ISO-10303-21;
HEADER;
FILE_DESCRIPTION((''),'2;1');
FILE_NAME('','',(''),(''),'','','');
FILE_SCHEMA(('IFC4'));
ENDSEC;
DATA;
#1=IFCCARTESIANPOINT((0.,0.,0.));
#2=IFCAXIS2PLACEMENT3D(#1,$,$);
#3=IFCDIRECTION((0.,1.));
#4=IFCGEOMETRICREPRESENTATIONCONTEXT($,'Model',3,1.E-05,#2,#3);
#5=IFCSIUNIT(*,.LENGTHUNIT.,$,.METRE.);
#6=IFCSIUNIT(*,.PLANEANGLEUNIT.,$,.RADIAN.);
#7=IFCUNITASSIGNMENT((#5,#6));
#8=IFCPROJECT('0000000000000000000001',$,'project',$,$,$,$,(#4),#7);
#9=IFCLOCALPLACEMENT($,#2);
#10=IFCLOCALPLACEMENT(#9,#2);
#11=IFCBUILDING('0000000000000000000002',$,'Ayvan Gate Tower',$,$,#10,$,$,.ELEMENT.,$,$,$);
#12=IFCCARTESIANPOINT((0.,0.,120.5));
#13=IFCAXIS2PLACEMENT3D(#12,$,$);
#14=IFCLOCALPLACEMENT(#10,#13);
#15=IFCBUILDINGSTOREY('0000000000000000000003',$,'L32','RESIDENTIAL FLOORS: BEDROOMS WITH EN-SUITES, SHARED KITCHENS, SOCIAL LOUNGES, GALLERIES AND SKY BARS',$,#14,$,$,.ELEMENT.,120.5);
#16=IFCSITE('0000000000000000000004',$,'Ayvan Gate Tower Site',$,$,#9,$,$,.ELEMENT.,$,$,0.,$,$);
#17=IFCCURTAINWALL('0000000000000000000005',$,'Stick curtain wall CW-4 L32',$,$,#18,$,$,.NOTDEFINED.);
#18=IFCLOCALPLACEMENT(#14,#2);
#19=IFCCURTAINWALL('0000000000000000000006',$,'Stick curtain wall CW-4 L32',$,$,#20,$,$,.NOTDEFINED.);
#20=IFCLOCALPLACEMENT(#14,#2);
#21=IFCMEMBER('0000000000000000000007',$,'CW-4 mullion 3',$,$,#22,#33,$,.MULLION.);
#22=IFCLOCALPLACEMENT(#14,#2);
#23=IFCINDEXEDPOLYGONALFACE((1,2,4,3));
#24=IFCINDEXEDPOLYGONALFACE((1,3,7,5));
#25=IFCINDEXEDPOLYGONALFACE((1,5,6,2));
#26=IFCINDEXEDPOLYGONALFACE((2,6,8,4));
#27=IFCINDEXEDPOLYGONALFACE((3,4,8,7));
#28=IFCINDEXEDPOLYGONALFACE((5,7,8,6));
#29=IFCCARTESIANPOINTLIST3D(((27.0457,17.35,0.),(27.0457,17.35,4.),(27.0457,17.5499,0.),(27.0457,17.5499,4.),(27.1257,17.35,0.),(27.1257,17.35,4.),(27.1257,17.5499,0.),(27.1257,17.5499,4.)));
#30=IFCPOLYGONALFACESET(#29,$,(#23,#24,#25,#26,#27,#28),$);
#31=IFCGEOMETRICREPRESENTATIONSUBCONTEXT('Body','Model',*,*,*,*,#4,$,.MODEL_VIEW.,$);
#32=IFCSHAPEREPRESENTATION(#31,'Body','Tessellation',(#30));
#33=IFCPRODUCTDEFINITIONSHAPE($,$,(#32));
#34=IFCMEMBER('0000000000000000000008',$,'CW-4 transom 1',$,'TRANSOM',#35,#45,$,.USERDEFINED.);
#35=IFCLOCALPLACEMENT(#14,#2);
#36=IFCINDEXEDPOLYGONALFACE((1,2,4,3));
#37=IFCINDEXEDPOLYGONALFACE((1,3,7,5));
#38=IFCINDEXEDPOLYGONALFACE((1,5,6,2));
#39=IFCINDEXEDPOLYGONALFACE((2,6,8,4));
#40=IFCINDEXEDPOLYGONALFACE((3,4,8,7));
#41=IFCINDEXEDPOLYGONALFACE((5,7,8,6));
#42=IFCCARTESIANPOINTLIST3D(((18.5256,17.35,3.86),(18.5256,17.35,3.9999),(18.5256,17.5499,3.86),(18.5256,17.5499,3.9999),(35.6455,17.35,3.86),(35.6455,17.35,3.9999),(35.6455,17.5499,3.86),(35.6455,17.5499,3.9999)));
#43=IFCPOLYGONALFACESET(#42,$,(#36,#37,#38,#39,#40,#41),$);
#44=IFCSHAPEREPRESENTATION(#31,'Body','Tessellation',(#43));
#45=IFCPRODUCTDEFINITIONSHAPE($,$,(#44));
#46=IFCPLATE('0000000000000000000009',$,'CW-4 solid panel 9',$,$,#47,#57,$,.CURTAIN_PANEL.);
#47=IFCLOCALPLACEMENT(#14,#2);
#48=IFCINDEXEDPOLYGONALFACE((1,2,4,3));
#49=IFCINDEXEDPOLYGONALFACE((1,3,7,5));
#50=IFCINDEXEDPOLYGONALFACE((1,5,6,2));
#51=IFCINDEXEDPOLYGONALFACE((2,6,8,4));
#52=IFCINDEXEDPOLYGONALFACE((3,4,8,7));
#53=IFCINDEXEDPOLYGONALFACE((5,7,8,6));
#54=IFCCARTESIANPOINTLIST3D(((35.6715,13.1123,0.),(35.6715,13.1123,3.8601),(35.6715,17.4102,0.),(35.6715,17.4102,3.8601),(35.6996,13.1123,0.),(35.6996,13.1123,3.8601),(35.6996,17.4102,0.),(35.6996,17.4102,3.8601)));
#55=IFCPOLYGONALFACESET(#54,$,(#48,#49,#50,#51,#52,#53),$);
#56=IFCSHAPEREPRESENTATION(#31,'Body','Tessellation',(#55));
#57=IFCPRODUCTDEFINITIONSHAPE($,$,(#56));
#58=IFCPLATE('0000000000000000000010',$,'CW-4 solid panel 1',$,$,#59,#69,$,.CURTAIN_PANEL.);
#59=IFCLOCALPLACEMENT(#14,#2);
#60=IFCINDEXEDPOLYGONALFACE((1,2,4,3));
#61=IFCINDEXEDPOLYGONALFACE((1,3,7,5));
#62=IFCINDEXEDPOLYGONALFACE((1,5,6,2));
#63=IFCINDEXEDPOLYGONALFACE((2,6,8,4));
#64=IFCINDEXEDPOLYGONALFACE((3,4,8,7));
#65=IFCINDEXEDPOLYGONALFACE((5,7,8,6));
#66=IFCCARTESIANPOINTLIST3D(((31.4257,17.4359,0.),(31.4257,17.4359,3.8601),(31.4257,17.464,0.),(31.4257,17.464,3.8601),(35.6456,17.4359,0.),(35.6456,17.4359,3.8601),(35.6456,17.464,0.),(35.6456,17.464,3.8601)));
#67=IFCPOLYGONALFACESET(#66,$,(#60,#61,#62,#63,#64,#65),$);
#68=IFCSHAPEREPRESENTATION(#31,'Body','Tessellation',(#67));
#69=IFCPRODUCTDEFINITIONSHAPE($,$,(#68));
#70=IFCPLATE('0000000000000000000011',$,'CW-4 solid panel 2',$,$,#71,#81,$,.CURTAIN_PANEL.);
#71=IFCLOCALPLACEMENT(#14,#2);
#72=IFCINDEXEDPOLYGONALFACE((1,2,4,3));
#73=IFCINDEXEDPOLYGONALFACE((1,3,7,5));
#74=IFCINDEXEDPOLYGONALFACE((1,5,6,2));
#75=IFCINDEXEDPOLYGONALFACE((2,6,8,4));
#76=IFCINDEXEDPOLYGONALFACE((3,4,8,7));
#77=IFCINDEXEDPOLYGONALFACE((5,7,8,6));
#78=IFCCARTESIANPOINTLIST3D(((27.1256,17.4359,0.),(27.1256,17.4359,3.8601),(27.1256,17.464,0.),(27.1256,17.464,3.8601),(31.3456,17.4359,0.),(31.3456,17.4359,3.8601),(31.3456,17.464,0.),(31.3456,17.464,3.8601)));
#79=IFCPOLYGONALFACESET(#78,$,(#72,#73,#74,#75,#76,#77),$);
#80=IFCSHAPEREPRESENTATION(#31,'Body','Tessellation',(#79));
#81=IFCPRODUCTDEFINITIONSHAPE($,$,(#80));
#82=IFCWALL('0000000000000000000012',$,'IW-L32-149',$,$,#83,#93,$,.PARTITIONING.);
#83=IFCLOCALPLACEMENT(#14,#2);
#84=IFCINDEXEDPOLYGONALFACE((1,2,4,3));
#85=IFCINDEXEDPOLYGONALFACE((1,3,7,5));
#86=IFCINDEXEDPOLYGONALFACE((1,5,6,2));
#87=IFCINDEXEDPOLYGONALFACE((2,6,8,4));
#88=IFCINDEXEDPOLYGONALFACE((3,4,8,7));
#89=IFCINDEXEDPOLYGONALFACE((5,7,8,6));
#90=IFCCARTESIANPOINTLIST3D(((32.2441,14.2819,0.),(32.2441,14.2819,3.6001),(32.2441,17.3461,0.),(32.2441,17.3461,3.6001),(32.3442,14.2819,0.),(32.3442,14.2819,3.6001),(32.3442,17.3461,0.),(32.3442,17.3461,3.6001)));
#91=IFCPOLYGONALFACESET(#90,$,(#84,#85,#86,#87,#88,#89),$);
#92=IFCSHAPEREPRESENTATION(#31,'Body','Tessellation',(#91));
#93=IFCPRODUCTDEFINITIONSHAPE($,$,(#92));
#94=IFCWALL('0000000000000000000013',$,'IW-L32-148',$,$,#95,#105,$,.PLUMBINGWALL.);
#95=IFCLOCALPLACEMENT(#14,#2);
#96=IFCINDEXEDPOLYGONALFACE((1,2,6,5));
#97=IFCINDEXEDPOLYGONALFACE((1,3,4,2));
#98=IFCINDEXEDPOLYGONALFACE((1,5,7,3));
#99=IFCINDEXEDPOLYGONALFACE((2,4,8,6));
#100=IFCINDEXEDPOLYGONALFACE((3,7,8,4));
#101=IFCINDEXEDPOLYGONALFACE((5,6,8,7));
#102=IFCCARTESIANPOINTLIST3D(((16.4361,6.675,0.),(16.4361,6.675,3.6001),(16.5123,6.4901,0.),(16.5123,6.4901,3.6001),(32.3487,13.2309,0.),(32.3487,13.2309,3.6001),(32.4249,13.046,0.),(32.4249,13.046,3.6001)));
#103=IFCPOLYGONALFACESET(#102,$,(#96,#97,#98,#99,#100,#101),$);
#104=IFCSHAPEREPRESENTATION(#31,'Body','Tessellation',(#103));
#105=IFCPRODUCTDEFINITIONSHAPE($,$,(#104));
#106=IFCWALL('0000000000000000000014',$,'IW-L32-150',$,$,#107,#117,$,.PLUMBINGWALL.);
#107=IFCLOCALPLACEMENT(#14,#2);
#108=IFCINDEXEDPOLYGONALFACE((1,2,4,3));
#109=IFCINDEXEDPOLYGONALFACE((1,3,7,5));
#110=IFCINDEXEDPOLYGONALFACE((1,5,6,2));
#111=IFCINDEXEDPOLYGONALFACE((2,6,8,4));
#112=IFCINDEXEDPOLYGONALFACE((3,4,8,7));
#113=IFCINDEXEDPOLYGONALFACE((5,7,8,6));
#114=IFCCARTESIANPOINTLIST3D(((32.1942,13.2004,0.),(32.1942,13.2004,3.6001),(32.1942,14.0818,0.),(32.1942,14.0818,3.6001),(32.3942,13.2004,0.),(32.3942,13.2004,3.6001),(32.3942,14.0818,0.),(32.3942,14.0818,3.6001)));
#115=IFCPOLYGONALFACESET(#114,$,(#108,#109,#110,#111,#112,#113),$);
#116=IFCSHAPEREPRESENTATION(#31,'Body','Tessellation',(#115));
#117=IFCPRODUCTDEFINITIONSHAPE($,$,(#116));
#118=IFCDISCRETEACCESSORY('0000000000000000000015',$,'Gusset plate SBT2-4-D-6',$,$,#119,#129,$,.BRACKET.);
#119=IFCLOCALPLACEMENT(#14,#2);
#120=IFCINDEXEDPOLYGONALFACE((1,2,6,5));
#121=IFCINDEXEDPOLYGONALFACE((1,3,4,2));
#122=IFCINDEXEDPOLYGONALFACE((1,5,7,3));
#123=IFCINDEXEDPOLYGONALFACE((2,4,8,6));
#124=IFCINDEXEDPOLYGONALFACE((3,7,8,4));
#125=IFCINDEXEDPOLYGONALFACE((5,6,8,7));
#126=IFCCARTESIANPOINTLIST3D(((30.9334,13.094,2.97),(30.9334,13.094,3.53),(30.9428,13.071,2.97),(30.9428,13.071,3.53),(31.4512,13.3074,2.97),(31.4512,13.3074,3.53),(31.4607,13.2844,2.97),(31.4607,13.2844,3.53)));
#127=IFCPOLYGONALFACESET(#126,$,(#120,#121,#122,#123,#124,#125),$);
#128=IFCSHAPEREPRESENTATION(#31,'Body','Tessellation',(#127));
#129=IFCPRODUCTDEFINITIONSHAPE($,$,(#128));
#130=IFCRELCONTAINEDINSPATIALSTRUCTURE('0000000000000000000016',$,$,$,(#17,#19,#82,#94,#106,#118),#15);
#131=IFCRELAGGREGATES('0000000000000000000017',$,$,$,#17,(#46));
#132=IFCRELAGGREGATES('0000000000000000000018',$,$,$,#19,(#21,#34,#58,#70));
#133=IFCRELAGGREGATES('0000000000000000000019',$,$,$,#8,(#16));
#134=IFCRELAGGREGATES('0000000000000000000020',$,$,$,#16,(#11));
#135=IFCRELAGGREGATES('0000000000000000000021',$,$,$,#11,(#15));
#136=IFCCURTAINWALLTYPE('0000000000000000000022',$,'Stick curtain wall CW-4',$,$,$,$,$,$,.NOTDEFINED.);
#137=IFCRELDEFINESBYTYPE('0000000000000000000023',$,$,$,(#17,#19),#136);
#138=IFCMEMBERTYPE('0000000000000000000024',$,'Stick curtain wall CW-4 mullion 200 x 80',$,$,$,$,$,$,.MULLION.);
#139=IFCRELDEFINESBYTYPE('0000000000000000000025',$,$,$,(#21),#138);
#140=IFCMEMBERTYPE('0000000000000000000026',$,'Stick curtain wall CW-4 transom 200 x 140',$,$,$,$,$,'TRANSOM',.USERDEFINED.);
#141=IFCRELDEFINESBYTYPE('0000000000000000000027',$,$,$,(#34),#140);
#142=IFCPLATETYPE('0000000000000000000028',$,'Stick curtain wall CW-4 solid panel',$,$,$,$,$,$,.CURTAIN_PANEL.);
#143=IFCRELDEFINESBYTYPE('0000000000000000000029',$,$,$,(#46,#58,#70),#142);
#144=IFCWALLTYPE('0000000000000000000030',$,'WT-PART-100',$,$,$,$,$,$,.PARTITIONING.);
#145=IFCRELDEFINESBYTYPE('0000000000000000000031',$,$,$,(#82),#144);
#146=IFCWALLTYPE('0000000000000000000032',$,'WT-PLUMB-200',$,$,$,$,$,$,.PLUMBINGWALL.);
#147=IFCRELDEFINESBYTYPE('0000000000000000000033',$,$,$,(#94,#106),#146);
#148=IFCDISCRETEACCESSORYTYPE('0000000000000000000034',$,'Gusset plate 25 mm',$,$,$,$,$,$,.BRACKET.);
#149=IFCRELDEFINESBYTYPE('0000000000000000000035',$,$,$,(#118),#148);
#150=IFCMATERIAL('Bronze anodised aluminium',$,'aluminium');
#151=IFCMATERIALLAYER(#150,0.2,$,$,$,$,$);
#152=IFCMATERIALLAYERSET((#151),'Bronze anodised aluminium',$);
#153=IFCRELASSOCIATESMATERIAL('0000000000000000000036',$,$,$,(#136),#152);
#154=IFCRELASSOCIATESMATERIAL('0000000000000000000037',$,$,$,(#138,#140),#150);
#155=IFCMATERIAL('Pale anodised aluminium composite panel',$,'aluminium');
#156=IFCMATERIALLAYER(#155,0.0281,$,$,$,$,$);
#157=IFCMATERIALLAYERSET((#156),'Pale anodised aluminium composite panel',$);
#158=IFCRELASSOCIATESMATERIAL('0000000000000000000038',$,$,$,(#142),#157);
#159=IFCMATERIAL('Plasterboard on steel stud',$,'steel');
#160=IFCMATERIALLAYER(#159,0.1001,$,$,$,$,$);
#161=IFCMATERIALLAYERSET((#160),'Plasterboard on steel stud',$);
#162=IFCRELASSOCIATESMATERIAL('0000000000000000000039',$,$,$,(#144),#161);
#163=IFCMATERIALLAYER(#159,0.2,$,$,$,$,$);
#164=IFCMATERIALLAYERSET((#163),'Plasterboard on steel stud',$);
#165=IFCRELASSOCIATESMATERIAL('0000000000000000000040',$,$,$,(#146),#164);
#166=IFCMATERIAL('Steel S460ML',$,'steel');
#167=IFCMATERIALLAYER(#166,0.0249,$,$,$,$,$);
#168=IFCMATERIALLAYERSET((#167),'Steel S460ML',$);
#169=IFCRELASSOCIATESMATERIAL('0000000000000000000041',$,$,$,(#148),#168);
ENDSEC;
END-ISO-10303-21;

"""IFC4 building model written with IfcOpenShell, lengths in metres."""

from ifc_helpers import new_model, si_unit, direction, frame, frame_2d, origin, origin_2d, place, context, subcontext, project, spatial, rectangle, extrude, material, layer, layer_set, material_profile, profile_set, type_object, element, aggregate, save


model = new_model("IFC4")

# Units and contexts
model_context = context("Model", 3, precision=1e-05, world=origin(), true_north=direction((0.0, 1.0)))
body_context = subcontext(model_context, "Body", "Model", "MODEL_VIEW")
ifc_project = project(units=[si_unit("LENGTHUNIT", "METRE"), si_unit("PLANEANGLEUNIT", "RADIAN")], contexts=[model_context])

# Site, building, storey
site_placement = place(None, origin())
site = spatial("IfcSite", under=ifc_project, at=site_placement, Name="Ayvan Gate Tower Site", CompositionType="ELEMENT", RefElevation=0.0)
building_placement = place(site_placement, origin())
building = spatial("IfcBuilding", under=site, at=building_placement, Name="Ayvan Gate Tower", CompositionType="ELEMENT")
storey_placement = place(building_placement, frame((0.0, 0.0, 120.5)))
storey = spatial("IfcBuildingStorey", under=building, at=storey_placement, Name="L32", Description="RESIDENTIAL FLOORS: BEDROOMS WITH EN-SUITES, SHARED KITCHENS, SOCIAL LOUNGES, GALLERIES AND SKY BARS", CompositionType="ELEMENT", Elevation=120.5)

# Shared definitions
ifc_material_1 = material(Name="Steel S460ML", Category="steel")

# Curtain walls, members
ifc_material_2 = material(Name="Bronze anodised aluminium", Category="aluminium")
ifc_layer_1 = layer(ifc_material_2, 0.2)
ifc_layer_set_1 = layer_set([ifc_layer_1], Name="Bronze anodised aluminium")
curtain_wall_type = type_object("IfcCurtainWallType", Name="Stick curtain wall CW-4", PredefinedType="NOTDEFINED", material=ifc_layer_set_1)
curtain_wall_1_placement = place(storey_placement, origin())
curtain_wall_1 = element("IfcCurtainWall", 1, at=curtain_wall_1_placement, inside=storey, type_object=curtain_wall_type, Name="Stick curtain wall CW-4 L32", PredefinedType="NOTDEFINED")
ifc_material_profile_1 = material_profile(ifc_material_2, rectangle(XDim=0.2, YDim=0.0801, at=origin_2d()), Name="Stick curtain wall CW-4 mullion 200 x 80")
ifc_profile_set_1 = profile_set([ifc_material_profile_1], Name="Bronze anodised aluminium")
member_type_1 = type_object("IfcMemberType", Name="Stick curtain wall CW-4 mullion 200 x 80", PredefinedType="MULLION", material=ifc_profile_set_1)
curtain_wall_2_placement = place(storey_placement, origin())
curtain_wall_2 = element("IfcCurtainWall", 2, at=curtain_wall_2_placement, inside=storey, type_object=curtain_wall_type, Name="Stick curtain wall CW-4 L32", PredefinedType="NOTDEFINED")
member_1_placement = place(storey_placement, frame((27.0857, 17.45, 0.0), z_axis=(0.0, 0.0, 1.0), x_axis=(0.0, 1.0, 0.0)))
member_1 = element("IfcMember", 3, at=member_1_placement, type_object=member_type_1, Name="CW-4 mullion 3", PredefinedType="MULLION", context=body_context, shape_type="SweptSolid", body=[
    extrude(rectangle(XDim=0.2, YDim=0.0801, at=origin_2d()), origin(), (0.0, 0.0, 1.0), 4.0),
])
ifc_material_profile_2 = material_profile(ifc_material_2, rectangle(XDim=0.2, YDim=0.1399, at=origin_2d()), Name="Stick curtain wall CW-4 transom 200 x 140")
ifc_profile_set_2 = profile_set([ifc_material_profile_2], Name="Bronze anodised aluminium")
member_type_2 = type_object("IfcMemberType", Name="Stick curtain wall CW-4 transom 200 x 140", ElementType="TRANSOM", PredefinedType="USERDEFINED", material=ifc_profile_set_2)
member_2_placement = place(storey_placement, frame((35.6455, 17.45, 3.9299), z_axis=(-1.0, 0.0, 0.0), x_axis=(0.0, -1.0, 0.0)))
member_2 = element("IfcMember", 4, at=member_2_placement, type_object=member_type_2, Name="CW-4 transom 1", ObjectType="TRANSOM", PredefinedType="USERDEFINED", context=body_context, shape_type="SweptSolid", body=[
    extrude(rectangle(XDim=0.2, YDim=0.1399, at=origin_2d()), origin(), (0.0, 0.0, 1.0), 17.1199),
])

# Plates
ifc_material_3 = material(Name="Pale anodised aluminium composite panel", Category="aluminium")
ifc_layer_2 = layer(ifc_material_3, 0.0281)
ifc_layer_set_2 = layer_set([ifc_layer_2], Name="Pale anodised aluminium composite panel")
plate_type = type_object("IfcPlateType", Name="Stick curtain wall CW-4 solid panel", PredefinedType="CURTAIN_PANEL", material=ifc_layer_set_2)
plate_1_placement = place(storey_placement, frame((35.6855, 15.2612, 0.0), z_axis=(0.0, 0.0, 1.0), x_axis=(0.0, 1.0, 0.0)))
plate_1 = element("IfcPlate", 5, at=plate_1_placement, type_object=plate_type, Name="CW-4 solid panel 9", PredefinedType="CURTAIN_PANEL", context=body_context, shape_type="SweptSolid", body=[
    extrude(rectangle(XDim=4.2979, YDim=0.0281, at=origin_2d()), origin(), (0.0, 0.0, 1.0), 3.8601),
])
aggregate(curtain_wall_1, [plate_1])
plate_2_placement = place(storey_placement, frame((33.5356, 17.45, 0.0), z_axis=(0.0, 0.0, 1.0), x_axis=(-1.0, 0.0, 0.0)))
plate_2 = element("IfcPlate", 6, at=plate_2_placement, type_object=plate_type, Name="CW-4 solid panel 1", PredefinedType="CURTAIN_PANEL", context=body_context, shape_type="SweptSolid", body=[
    extrude(rectangle(XDim=4.22, YDim=0.0281, at=origin_2d()), origin(), (0.0, 0.0, 1.0), 3.8601),
])
plate_3_placement = place(storey_placement, frame((29.2356, 17.45, 0.0), z_axis=(0.0, 0.0, 1.0), x_axis=(-1.0, 0.0, 0.0)))
plate_3 = element("IfcPlate", 7, at=plate_3_placement, type_object=plate_type, Name="CW-4 solid panel 2", PredefinedType="CURTAIN_PANEL", context=body_context, shape_type="SweptSolid", body=[
    extrude(rectangle(XDim=4.22, YDim=0.0281, at=origin_2d()), origin(), (0.0, 0.0, 1.0), 3.8601),
])
aggregate(curtain_wall_2, [member_1, member_2, plate_2, plate_3])

# Walls
ifc_material_4 = material(Name="Plasterboard on steel stud", Category="steel")
ifc_layer_3 = layer(ifc_material_4, 0.1001)
ifc_layer_set_3 = layer_set([ifc_layer_3], Name="Plasterboard on steel stud")
wall_type_1 = type_object("IfcWallType", Name="WT-PART-100", PredefinedType="PARTITIONING", material=ifc_layer_set_3)
wall_1_placement = place(storey_placement, frame((32.2942, 14.2817, 0.0), z_axis=(0.0, 0.0, 1.0), x_axis=(0.0, 1.0, 0.0)))
element("IfcWall", 8, at=wall_1_placement, inside=storey, type_object=wall_type_1, Name="IW-L32-149", PredefinedType="PARTITIONING", context=body_context, shape_type="SweptSolid", body=[
    extrude(rectangle(XDim=3.0642, YDim=0.1001, at=frame_2d((1.5322, 0.0))), origin(), (0.0, 0.0, 1.0), 3.6001),
])
ifc_layer_4 = layer(ifc_material_4, 0.2)
ifc_layer_set_4 = layer_set([ifc_layer_4], Name="Plasterboard on steel stud")
wall_type_2 = type_object("IfcWallType", Name="WT-PLUMB-200", PredefinedType="PLUMBINGWALL", material=ifc_layer_set_4)
wall_2_placement = place(storey_placement, frame((32.3867, 13.1384, 0.0), z_axis=(0.0, 0.0, 1.0), x_axis=(-0.924603, -0.380932, 0.0)))
element("IfcWall", 9, at=wall_2_placement, inside=storey, type_object=wall_type_2, Name="IW-L32-148", PredefinedType="PLUMBINGWALL", context=body_context, shape_type="SweptSolid", body=[
    extrude(rectangle(XDim=17.2102, YDim=0.2, at=frame_2d((8.605, 0.0))), origin(), (0.0, 0.0, 1.0), 3.6001),
])
wall_3_placement = place(storey_placement, frame((32.2942, 14.0818, 0.0), z_axis=(0.0, 0.0, 1.0), x_axis=(0.0, -1.0, 0.0)))
element("IfcWall", 10, at=wall_3_placement, inside=storey, type_object=wall_type_2, Name="IW-L32-150", PredefinedType="PLUMBINGWALL", context=body_context, shape_type="SweptSolid", body=[
    extrude(rectangle(XDim=0.8813, YDim=0.2, at=frame_2d((0.4407, 0.0))), origin(), (0.0, 0.0, 1.0), 3.6001),
])

# Discrete accessory
ifc_layer_5 = layer(ifc_material_1, 0.0249)
ifc_layer_set_5 = layer_set([ifc_layer_5], Name="Steel S460ML")
discrete_accessory_type = type_object("IfcDiscreteAccessoryType", Name="Gusset plate 25 mm", PredefinedType="BRACKET", material=ifc_layer_set_5)
discrete_accessory_placement = place(storey_placement, frame((31.197, 13.1892, 2.97), z_axis=(0.0, 0.0, 1.0), x_axis=(0.924602, 0.380935, 0.0)))
element("IfcDiscreteAccessory", 11, at=discrete_accessory_placement, inside=storey, type_object=discrete_accessory_type, Name="Gusset plate SBT2-4-D-6", PredefinedType="BRACKET", context=body_context, shape_type="SweptSolid", body=[
    extrude(rectangle(XDim=0.5601, YDim=0.0249, at=origin_2d()), origin(), (0.0, 0.0, 1.0), 0.5601),
])

save(model, "model.ifc")
